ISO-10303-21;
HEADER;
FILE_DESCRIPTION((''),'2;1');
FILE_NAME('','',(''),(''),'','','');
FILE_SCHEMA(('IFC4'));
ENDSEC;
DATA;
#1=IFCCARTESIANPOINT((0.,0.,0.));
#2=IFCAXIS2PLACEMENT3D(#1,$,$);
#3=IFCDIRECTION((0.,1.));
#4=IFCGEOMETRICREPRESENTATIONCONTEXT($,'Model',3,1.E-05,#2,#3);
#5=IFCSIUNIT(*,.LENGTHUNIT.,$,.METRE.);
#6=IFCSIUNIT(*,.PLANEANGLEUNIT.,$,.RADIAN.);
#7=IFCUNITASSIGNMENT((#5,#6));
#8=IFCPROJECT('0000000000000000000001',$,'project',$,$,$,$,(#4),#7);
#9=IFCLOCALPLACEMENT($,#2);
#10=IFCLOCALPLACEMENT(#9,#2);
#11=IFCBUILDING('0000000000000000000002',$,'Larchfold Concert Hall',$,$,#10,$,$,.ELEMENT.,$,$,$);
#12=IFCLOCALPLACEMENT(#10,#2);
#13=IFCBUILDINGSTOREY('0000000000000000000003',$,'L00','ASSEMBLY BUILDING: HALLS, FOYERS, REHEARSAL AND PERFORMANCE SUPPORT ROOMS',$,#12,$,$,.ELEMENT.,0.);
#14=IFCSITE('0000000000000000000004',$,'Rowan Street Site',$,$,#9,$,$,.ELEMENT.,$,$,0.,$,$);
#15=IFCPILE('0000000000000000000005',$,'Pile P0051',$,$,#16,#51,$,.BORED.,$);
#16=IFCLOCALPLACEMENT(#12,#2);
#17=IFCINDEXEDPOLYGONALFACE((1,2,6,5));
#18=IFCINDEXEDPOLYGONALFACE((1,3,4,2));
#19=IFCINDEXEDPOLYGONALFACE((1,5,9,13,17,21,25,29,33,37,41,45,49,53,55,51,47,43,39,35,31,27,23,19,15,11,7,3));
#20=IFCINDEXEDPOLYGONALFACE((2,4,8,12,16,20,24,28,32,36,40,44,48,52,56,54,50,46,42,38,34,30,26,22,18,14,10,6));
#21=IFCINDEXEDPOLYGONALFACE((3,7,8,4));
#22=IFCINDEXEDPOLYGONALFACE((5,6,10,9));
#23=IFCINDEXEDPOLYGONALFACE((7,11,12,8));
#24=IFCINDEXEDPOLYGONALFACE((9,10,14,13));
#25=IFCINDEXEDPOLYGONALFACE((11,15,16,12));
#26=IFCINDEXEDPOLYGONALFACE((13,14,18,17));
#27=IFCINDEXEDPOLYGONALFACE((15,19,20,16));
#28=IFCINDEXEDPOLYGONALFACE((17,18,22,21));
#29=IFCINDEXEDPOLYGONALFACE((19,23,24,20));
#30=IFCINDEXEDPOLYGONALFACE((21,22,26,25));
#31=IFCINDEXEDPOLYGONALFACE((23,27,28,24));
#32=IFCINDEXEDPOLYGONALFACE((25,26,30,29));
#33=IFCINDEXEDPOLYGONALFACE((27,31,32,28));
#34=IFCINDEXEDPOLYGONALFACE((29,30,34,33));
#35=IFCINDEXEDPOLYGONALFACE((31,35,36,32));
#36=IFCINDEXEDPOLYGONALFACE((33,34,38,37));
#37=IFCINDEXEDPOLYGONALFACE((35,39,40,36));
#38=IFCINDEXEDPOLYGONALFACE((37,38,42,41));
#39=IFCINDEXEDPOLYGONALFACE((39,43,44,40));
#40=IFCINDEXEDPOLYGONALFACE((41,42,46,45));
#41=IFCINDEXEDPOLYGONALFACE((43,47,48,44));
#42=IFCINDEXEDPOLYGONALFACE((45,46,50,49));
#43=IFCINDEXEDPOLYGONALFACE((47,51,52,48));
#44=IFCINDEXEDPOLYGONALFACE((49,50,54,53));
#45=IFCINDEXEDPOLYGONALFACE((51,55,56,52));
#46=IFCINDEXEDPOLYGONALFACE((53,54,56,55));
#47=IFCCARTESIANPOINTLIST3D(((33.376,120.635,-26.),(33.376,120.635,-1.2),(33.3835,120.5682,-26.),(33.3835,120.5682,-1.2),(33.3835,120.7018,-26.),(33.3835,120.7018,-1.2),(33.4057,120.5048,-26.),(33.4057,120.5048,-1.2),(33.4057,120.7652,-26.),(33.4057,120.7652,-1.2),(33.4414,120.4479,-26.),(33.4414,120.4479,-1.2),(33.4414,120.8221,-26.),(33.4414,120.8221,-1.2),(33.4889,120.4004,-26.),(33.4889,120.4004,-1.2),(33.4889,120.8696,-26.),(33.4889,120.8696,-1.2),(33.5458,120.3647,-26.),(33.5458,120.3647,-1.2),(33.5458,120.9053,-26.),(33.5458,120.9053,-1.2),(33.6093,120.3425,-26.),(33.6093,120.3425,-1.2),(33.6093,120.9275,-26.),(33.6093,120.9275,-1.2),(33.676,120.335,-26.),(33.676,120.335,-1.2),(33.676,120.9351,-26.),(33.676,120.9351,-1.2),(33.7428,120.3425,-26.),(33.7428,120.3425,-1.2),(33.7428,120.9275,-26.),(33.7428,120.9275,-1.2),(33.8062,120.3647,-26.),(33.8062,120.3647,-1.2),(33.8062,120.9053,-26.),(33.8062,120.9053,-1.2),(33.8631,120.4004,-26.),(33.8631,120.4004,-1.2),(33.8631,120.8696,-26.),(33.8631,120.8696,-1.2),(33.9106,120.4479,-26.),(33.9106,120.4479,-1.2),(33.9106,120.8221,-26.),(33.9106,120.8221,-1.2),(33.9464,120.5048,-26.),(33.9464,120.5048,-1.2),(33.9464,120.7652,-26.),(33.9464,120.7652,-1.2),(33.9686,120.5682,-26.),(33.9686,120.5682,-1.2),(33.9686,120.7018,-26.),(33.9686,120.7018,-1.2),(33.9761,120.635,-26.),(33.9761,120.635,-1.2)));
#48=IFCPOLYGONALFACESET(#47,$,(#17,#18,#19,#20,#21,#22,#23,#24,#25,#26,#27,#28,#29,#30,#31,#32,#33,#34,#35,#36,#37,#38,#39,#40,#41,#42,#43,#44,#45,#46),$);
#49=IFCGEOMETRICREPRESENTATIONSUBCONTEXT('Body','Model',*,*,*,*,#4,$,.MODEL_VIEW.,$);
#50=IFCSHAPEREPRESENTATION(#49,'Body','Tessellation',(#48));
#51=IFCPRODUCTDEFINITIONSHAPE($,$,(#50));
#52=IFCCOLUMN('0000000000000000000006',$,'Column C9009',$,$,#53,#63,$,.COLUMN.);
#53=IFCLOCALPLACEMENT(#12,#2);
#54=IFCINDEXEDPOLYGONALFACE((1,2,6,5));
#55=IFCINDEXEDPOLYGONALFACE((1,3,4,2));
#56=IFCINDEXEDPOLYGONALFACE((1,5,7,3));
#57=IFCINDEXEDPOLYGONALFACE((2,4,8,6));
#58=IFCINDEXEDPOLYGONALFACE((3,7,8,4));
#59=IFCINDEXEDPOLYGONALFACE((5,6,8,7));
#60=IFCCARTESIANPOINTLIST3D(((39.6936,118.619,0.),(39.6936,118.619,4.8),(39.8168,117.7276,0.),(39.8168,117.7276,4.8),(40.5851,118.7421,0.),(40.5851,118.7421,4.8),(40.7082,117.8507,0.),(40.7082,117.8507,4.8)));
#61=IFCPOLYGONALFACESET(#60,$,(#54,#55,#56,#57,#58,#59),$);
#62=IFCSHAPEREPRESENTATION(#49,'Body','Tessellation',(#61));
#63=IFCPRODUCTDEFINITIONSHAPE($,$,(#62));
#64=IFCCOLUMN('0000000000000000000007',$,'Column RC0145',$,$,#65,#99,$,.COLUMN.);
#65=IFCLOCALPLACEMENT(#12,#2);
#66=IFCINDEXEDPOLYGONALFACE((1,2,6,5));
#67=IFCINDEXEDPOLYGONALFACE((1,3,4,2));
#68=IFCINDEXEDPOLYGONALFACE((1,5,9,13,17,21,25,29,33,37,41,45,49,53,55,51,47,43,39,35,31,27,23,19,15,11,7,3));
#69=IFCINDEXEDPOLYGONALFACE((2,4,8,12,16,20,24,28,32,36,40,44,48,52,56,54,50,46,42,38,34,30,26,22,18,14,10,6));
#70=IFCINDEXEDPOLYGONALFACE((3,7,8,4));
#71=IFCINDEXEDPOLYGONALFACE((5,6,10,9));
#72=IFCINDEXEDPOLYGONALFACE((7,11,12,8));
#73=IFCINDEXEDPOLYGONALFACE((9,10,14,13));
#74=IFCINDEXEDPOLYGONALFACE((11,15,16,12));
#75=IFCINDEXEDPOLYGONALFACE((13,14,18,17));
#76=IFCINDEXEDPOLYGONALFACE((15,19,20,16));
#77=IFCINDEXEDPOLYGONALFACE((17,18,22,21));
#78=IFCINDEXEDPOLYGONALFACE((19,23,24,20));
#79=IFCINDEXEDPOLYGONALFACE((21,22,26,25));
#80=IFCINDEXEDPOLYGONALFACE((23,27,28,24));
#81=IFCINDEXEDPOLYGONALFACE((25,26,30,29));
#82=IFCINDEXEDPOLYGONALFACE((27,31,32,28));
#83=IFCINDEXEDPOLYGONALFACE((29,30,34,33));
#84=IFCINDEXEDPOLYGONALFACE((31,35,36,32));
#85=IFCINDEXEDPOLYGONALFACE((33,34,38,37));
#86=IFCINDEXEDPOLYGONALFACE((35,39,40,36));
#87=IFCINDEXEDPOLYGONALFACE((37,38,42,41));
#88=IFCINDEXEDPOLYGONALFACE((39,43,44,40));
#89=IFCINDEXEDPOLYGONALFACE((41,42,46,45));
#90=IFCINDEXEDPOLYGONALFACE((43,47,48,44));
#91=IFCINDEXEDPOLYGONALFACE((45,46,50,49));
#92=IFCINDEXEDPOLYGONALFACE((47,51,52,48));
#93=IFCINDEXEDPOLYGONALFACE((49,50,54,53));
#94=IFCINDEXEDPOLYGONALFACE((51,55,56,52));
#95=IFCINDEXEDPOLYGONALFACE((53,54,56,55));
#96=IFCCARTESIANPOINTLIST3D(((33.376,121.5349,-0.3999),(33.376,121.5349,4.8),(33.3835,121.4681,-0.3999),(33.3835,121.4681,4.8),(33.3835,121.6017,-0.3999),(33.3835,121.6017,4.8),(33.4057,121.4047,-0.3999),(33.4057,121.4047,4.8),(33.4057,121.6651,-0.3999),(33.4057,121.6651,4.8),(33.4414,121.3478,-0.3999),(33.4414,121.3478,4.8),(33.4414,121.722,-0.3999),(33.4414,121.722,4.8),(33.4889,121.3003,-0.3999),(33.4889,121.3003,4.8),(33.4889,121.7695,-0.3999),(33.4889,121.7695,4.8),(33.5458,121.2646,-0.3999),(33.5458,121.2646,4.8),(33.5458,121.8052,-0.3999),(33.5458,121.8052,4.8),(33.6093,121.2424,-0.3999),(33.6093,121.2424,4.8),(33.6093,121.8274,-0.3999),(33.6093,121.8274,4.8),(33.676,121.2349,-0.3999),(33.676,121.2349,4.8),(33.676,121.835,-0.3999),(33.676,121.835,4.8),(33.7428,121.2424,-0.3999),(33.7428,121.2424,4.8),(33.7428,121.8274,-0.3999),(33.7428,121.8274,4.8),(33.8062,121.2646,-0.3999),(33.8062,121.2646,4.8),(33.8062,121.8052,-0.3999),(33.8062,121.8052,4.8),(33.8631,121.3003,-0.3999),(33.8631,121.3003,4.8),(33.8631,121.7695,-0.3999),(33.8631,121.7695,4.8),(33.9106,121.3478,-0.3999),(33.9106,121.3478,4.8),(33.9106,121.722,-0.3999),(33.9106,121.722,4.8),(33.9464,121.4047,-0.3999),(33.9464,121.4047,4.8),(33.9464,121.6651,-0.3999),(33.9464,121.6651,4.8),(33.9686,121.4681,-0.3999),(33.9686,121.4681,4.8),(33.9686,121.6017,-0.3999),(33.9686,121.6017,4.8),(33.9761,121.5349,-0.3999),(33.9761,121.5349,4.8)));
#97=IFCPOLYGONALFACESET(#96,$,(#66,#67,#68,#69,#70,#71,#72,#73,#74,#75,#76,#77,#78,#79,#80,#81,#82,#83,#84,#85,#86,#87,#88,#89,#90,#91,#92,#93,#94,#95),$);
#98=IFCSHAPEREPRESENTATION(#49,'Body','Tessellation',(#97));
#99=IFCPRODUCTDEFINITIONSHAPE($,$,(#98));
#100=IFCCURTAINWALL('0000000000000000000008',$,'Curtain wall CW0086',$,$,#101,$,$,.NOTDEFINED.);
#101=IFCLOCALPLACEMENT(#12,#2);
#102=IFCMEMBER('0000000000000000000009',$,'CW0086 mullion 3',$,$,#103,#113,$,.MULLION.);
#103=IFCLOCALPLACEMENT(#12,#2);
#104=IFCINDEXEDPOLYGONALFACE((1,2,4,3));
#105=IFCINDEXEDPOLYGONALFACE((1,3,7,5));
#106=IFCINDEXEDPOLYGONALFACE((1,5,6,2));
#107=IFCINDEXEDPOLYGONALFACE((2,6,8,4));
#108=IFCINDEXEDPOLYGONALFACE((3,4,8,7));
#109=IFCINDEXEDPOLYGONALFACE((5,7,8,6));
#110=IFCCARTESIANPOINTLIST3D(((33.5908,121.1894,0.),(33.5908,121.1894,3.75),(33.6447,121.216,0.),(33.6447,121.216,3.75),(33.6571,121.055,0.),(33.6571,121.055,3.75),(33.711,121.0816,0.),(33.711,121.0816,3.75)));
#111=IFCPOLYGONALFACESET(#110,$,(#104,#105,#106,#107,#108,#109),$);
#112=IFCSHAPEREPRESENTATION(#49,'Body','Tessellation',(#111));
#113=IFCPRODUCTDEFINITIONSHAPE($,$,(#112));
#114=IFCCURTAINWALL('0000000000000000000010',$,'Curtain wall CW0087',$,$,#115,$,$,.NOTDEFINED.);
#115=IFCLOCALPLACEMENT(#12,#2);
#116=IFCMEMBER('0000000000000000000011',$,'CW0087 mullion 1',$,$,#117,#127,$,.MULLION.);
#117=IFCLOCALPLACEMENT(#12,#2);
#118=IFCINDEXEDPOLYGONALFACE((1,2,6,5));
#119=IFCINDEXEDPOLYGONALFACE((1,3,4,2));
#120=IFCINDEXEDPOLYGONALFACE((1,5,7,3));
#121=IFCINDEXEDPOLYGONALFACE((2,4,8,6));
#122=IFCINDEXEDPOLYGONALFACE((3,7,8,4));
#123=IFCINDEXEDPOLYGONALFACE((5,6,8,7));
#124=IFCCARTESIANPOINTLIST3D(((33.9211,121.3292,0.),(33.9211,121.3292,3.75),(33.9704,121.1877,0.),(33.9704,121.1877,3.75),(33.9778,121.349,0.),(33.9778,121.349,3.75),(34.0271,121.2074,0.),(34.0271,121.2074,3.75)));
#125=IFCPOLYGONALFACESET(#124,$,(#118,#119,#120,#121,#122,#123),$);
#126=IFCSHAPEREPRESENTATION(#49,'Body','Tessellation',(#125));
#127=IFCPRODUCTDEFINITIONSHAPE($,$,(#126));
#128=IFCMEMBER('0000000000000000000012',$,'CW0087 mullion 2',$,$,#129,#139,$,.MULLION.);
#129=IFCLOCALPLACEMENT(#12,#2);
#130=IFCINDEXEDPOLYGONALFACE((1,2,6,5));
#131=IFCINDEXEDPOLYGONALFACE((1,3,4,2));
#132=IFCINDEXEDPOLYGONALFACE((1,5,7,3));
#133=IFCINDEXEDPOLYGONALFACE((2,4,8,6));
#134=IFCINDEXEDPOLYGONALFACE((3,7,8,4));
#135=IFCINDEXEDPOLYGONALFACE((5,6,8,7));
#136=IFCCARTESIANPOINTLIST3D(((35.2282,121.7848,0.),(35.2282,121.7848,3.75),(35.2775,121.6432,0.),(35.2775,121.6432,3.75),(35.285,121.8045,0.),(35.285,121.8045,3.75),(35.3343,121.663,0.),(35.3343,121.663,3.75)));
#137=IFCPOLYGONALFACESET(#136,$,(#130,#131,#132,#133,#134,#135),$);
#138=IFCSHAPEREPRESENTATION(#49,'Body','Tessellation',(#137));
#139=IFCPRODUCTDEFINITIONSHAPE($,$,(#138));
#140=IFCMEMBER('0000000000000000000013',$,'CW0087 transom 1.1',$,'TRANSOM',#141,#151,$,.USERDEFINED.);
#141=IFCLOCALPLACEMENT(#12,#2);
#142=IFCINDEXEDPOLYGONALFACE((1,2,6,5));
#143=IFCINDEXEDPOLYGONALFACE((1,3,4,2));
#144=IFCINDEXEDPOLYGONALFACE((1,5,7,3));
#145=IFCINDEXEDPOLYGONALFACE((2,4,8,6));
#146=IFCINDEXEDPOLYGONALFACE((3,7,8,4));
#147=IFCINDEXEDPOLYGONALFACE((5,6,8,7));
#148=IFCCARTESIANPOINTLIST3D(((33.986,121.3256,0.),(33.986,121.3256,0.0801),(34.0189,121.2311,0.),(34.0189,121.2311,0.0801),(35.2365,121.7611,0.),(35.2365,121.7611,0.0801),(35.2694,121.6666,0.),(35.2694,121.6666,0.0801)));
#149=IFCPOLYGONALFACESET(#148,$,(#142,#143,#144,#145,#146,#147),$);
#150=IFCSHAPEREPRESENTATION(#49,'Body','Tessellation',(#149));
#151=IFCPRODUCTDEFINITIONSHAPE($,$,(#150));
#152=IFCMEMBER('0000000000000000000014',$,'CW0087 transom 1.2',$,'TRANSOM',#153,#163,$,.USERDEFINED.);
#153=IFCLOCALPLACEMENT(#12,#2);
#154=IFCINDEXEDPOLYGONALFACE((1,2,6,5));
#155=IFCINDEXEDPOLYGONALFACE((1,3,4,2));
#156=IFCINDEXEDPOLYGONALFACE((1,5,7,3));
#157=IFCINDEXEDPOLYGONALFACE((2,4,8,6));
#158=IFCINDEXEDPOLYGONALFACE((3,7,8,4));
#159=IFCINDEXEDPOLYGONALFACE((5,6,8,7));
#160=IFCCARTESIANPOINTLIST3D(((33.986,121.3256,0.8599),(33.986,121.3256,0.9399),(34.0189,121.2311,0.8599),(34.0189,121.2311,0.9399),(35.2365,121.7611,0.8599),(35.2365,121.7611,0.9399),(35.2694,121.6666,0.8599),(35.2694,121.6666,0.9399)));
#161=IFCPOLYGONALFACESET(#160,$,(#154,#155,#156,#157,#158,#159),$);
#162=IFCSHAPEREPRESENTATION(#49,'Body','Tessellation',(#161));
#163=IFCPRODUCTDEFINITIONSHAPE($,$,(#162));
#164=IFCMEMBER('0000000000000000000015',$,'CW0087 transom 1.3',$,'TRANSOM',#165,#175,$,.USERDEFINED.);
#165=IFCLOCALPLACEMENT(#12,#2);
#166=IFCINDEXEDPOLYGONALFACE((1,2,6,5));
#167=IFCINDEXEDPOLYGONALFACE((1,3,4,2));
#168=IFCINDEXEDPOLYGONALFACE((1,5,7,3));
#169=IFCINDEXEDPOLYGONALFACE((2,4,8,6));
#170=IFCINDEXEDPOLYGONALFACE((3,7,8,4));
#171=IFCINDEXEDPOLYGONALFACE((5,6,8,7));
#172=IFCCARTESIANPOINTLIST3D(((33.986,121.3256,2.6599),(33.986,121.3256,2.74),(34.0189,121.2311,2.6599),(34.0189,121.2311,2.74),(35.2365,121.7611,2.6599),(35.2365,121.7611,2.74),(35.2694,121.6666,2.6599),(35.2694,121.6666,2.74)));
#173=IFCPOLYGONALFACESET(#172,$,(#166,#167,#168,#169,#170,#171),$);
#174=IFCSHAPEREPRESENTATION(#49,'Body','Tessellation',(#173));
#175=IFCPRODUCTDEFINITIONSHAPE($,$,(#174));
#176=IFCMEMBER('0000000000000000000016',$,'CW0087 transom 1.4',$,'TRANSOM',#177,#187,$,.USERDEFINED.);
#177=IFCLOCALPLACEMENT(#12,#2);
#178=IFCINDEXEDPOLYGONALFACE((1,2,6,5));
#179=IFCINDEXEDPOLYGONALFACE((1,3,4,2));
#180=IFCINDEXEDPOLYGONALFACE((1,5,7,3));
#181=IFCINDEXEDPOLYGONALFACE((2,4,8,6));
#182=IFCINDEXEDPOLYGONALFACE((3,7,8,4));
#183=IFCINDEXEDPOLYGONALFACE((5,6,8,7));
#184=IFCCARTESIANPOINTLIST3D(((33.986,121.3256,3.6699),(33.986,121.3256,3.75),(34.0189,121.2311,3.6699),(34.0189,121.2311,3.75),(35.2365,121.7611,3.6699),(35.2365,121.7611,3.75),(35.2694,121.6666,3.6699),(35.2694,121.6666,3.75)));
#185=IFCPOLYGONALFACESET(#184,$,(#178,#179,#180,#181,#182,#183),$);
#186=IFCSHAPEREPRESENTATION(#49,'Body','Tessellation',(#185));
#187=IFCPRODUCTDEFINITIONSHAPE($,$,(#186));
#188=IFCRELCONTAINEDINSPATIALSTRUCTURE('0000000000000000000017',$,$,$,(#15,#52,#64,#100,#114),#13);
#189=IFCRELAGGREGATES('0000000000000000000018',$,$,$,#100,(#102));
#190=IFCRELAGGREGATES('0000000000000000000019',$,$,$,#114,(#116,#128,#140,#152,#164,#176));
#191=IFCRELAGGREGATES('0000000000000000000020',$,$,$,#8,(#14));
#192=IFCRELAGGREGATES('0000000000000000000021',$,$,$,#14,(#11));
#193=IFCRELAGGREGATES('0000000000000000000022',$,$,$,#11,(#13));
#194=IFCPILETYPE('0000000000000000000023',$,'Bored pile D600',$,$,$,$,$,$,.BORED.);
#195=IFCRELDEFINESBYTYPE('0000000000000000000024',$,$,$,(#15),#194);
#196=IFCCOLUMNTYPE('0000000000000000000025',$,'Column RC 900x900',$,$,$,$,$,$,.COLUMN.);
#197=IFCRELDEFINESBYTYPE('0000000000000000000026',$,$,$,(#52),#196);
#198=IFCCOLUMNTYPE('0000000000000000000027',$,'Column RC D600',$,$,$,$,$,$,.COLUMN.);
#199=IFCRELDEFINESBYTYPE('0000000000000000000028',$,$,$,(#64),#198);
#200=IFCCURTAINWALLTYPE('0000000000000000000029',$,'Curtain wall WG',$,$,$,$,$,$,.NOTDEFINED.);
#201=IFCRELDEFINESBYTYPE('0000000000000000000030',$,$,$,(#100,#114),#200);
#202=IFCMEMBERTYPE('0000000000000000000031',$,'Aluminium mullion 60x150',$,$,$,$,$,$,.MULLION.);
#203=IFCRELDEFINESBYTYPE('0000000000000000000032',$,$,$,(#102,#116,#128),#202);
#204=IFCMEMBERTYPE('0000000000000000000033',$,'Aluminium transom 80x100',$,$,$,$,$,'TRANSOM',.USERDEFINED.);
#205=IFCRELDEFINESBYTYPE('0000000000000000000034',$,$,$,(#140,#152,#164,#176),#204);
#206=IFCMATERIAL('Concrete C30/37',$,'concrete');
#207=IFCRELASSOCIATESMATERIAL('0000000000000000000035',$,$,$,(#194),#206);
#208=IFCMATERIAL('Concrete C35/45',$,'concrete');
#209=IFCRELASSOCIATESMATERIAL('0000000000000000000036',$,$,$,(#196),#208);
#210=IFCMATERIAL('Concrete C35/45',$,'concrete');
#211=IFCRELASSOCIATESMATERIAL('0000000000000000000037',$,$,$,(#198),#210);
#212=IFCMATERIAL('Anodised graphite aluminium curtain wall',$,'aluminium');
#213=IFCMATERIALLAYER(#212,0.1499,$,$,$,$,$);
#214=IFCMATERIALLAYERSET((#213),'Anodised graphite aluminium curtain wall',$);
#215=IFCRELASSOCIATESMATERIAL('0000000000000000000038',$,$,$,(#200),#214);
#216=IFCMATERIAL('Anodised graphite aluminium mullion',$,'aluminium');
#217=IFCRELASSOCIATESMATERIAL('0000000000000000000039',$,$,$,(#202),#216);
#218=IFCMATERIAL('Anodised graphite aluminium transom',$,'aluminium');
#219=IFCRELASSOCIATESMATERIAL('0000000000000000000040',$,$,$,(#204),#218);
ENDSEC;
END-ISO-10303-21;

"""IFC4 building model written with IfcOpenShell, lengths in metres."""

from ifc_helpers import new_model, si_unit, direction, frame, origin, origin_2d, place, context, subcontext, project, spatial, rectangle, circle, extrude, material, layer, layer_set, material_profile, profile_set, type_object, element, aggregate, save


model = new_model("IFC4")

# Units and contexts
model_context = context("Model", 3, precision=1e-05, world=origin(), true_north=direction((0.0, 1.0)))
body_context = subcontext(model_context, "Body", "Model", "MODEL_VIEW")
ifc_project = project(units=[si_unit("LENGTHUNIT", "METRE"), si_unit("PLANEANGLEUNIT", "RADIAN")], contexts=[model_context])

# Site, building, storey
site_placement = place(None, origin())
site = spatial("IfcSite", under=ifc_project, at=site_placement, Name="Rowan Street Site", CompositionType="ELEMENT", RefElevation=0.0)
building_placement = place(site_placement, origin())
building = spatial("IfcBuilding", under=site, at=building_placement, Name="Larchfold Concert Hall", CompositionType="ELEMENT")
storey_placement = place(building_placement, origin())
storey = spatial("IfcBuildingStorey", under=building, at=storey_placement, Name="L00", Description="ASSEMBLY BUILDING: HALLS, FOYERS, REHEARSAL AND PERFORMANCE SUPPORT ROOMS", CompositionType="ELEMENT", Elevation=0.0)

# Pile
ifc_material_1 = material(Name="Concrete C30/37", Category="concrete")
ifc_material_profile_1 = material_profile(ifc_material_1, circle(Radius=0.3, at=origin_2d()))
ifc_profile_set_1 = profile_set([ifc_material_profile_1], Name="Concrete C30/37")
pile_type = type_object("IfcPileType", Name="Bored pile D600", PredefinedType="BORED", material=ifc_profile_set_1)
pile_placement = place(storey_placement, frame((33.676, 120.635, -1.2), z_axis=(0.0, 0.0, -1.0), x_axis=(1.0, 0.0, 0.0)))
element("IfcPile", 1, at=pile_placement, inside=storey, type_object=pile_type, Name="Pile P0051", PredefinedType="BORED", context=body_context, shape_type="SweptSolid", body=[
    extrude(circle(Radius=0.3, at=origin_2d()), origin(), (0.0, 0.0, 1.0), 24.8),
])

# Columns
ifc_material_2 = material(Name="Concrete C35/45", Category="concrete")
ifc_material_profile_2 = material_profile(ifc_material_2, rectangle(XDim=0.8999, YDim=0.8999, at=origin_2d()))
ifc_profile_set_2 = profile_set([ifc_material_profile_2], Name="Concrete C35/45")
column_type_1 = type_object("IfcColumnType", Name="Column RC 900x900", PredefinedType="COLUMN", material=ifc_profile_set_2)
column_1_placement = place(storey_placement, frame((40.2009, 118.2349, 0.0), z_axis=(0.0, 0.0, 1.0), x_axis=(0.990596, 0.13682, 0.0)))
element("IfcColumn", 2, at=column_1_placement, inside=storey, type_object=column_type_1, Name="Column C9009", PredefinedType="COLUMN", context=body_context, shape_type="SweptSolid", body=[
    extrude(rectangle(XDim=0.8999, YDim=0.8999, at=origin_2d()), origin(), (0.0, 0.0, 1.0), 4.8),
])
ifc_material_3 = material(Name="Concrete C35/45", Category="concrete")
ifc_material_profile_3 = material_profile(ifc_material_3, circle(Radius=0.3, at=origin_2d()))
ifc_profile_set_3 = profile_set([ifc_material_profile_3], Name="Concrete C35/45")
column_type_2 = type_object("IfcColumnType", Name="Column RC D600", PredefinedType="COLUMN", material=ifc_profile_set_3)
column_2_placement = place(storey_placement, frame((33.676, 121.5349, -0.3999), z_axis=(0.0, 0.0, 1.0), x_axis=(1.0, 0.0, 0.0)))
element("IfcColumn", 3, at=column_2_placement, inside=storey, type_object=column_type_2, Name="Column RC0145", PredefinedType="COLUMN", context=body_context, shape_type="SweptSolid", body=[
    extrude(circle(Radius=0.3, at=origin_2d()), origin(), (0.0, 0.0, 1.0), 5.2),
])

# Curtain wall, member
ifc_material_4 = material(Name="Anodised graphite aluminium curtain wall", Category="aluminium")
ifc_layer_1 = layer(ifc_material_4, 0.1499)
ifc_layer_set_1 = layer_set([ifc_layer_1], Name="Anodised graphite aluminium curtain wall")
curtain_wall_type = type_object("IfcCurtainWallType", Name="Curtain wall WG", PredefinedType="NOTDEFINED", material=ifc_layer_set_1)
curtain_wall_1_placement = place(storey_placement, origin())
curtain_wall_1 = element("IfcCurtainWall", 4, at=curtain_wall_1_placement, inside=storey, type_object=curtain_wall_type, Name="Curtain wall CW0086", PredefinedType="NOTDEFINED")
ifc_material_5 = material(Name="Anodised graphite aluminium mullion", Category="aluminium")
ifc_material_profile_4 = material_profile(ifc_material_5, rectangle(XDim=0.1499, YDim=0.0601, at=origin_2d()))
ifc_profile_set_4 = profile_set([ifc_material_profile_4], Name="Anodised graphite aluminium mullion")
member_type_1 = type_object("IfcMemberType", Name="Aluminium mullion 60x150", PredefinedType="MULLION", material=ifc_profile_set_4)
member_1_placement = place(storey_placement, frame((33.6509, 121.1355, 0.0), z_axis=(0.0, 0.0, 1.0), x_axis=(-0.442305, 0.896865, 0.0)))
member_1 = element("IfcMember", 5, at=member_1_placement, type_object=member_type_1, Name="CW0086 mullion 3", PredefinedType="MULLION", context=body_context, shape_type="SweptSolid", body=[
    extrude(rectangle(XDim=0.1499, YDim=0.0601, at=origin_2d()), origin(), (0.0, 0.0, 1.0), 3.75),
])
aggregate(curtain_wall_1, [member_1])

# Curtain wall, members
curtain_wall_2_placement = place(storey_placement, origin())
curtain_wall_2 = element("IfcCurtainWall", 6, at=curtain_wall_2_placement, inside=storey, type_object=curtain_wall_type, Name="Curtain wall CW0087", PredefinedType="NOTDEFINED")
member_2_placement = place(storey_placement, frame((33.9741, 121.2683, 0.0), z_axis=(0.0, 0.0, 1.0), x_axis=(-0.328966, 0.944342, 0.0)))
member_2 = element("IfcMember", 7, at=member_2_placement, type_object=member_type_1, Name="CW0087 mullion 1", PredefinedType="MULLION", context=body_context, shape_type="SweptSolid", body=[
    extrude(rectangle(XDim=0.1499, YDim=0.0601, at=origin_2d()), origin(), (0.0, 0.0, 1.0), 3.75),
])
member_3_placement = place(storey_placement, frame((35.2812, 121.7239, 0.0), z_axis=(0.0, 0.0, 1.0), x_axis=(-0.328966, 0.944342, 0.0)))
member_3 = element("IfcMember", 8, at=member_3_placement, type_object=member_type_1, Name="CW0087 mullion 2", PredefinedType="MULLION", context=body_context, shape_type="SweptSolid", body=[
    extrude(rectangle(XDim=0.1499, YDim=0.0601, at=origin_2d()), origin(), (0.0, 0.0, 1.0), 3.75),
])
ifc_material_6 = material(Name="Anodised graphite aluminium transom", Category="aluminium")
ifc_material_profile_5 = material_profile(ifc_material_6, rectangle(XDim=0.1001, YDim=0.0801, at=origin_2d()))
ifc_profile_set_5 = profile_set([ifc_material_profile_5], Name="Anodised graphite aluminium transom")
member_type_2 = type_object("IfcMemberType", Name="Aluminium transom 80x100", ElementType="TRANSOM", PredefinedType="USERDEFINED", material=ifc_profile_set_5)
member_4_placement = place(storey_placement, frame((34.0024, 121.2783, 0.04), z_axis=(0.944357, 0.328921, 0.0), x_axis=(-0.328921, 0.944357, 0.0)))
member_4 = element("IfcMember", 9, at=member_4_placement, type_object=member_type_2, Name="CW0087 transom 1.1", ObjectType="TRANSOM", PredefinedType="USERDEFINED", context=body_context, shape_type="SweptSolid", body=[
    extrude(rectangle(XDim=0.1001, YDim=0.0801, at=origin_2d()), origin(), (0.0, 0.0, 1.0), 1.3242),
])
member_5_placement = place(storey_placement, frame((34.0024, 121.2783, 0.8999), z_axis=(0.944357, 0.328921, 0.0), x_axis=(-0.328921, 0.944357, 0.0)))
member_5 = element("IfcMember", 10, at=member_5_placement, type_object=member_type_2, Name="CW0087 transom 1.2", ObjectType="TRANSOM", PredefinedType="USERDEFINED", context=body_context, shape_type="SweptSolid", body=[
    extrude(rectangle(XDim=0.1001, YDim=0.0801, at=origin_2d()), origin(), (0.0, 0.0, 1.0), 1.3242),
])
member_6_placement = place(storey_placement, frame((34.0024, 121.2783, 2.7), z_axis=(0.944357, 0.328921, 0.0), x_axis=(-0.328921, 0.944357, 0.0)))
member_6 = element("IfcMember", 11, at=member_6_placement, type_object=member_type_2, Name="CW0087 transom 1.3", ObjectType="TRANSOM", PredefinedType="USERDEFINED", context=body_context, shape_type="SweptSolid", body=[
    extrude(rectangle(XDim=0.1001, YDim=0.0801, at=origin_2d()), origin(), (0.0, 0.0, 1.0), 1.3242),
])
member_7_placement = place(storey_placement, frame((34.0024, 121.2783, 3.71), z_axis=(0.944357, 0.328921, 0.0), x_axis=(-0.328921, 0.944357, 0.0)))
member_7 = element("IfcMember", 12, at=member_7_placement, type_object=member_type_2, Name="CW0087 transom 1.4", ObjectType="TRANSOM", PredefinedType="USERDEFINED", context=body_context, shape_type="SweptSolid", body=[
    extrude(rectangle(XDim=0.1001, YDim=0.0801, at=origin_2d()), origin(), (0.0, 0.0, 1.0), 1.3242),
])

aggregate(curtain_wall_2, [member_2, member_3, member_4, member_5, member_6, member_7])

save(model, "model.ifc")
